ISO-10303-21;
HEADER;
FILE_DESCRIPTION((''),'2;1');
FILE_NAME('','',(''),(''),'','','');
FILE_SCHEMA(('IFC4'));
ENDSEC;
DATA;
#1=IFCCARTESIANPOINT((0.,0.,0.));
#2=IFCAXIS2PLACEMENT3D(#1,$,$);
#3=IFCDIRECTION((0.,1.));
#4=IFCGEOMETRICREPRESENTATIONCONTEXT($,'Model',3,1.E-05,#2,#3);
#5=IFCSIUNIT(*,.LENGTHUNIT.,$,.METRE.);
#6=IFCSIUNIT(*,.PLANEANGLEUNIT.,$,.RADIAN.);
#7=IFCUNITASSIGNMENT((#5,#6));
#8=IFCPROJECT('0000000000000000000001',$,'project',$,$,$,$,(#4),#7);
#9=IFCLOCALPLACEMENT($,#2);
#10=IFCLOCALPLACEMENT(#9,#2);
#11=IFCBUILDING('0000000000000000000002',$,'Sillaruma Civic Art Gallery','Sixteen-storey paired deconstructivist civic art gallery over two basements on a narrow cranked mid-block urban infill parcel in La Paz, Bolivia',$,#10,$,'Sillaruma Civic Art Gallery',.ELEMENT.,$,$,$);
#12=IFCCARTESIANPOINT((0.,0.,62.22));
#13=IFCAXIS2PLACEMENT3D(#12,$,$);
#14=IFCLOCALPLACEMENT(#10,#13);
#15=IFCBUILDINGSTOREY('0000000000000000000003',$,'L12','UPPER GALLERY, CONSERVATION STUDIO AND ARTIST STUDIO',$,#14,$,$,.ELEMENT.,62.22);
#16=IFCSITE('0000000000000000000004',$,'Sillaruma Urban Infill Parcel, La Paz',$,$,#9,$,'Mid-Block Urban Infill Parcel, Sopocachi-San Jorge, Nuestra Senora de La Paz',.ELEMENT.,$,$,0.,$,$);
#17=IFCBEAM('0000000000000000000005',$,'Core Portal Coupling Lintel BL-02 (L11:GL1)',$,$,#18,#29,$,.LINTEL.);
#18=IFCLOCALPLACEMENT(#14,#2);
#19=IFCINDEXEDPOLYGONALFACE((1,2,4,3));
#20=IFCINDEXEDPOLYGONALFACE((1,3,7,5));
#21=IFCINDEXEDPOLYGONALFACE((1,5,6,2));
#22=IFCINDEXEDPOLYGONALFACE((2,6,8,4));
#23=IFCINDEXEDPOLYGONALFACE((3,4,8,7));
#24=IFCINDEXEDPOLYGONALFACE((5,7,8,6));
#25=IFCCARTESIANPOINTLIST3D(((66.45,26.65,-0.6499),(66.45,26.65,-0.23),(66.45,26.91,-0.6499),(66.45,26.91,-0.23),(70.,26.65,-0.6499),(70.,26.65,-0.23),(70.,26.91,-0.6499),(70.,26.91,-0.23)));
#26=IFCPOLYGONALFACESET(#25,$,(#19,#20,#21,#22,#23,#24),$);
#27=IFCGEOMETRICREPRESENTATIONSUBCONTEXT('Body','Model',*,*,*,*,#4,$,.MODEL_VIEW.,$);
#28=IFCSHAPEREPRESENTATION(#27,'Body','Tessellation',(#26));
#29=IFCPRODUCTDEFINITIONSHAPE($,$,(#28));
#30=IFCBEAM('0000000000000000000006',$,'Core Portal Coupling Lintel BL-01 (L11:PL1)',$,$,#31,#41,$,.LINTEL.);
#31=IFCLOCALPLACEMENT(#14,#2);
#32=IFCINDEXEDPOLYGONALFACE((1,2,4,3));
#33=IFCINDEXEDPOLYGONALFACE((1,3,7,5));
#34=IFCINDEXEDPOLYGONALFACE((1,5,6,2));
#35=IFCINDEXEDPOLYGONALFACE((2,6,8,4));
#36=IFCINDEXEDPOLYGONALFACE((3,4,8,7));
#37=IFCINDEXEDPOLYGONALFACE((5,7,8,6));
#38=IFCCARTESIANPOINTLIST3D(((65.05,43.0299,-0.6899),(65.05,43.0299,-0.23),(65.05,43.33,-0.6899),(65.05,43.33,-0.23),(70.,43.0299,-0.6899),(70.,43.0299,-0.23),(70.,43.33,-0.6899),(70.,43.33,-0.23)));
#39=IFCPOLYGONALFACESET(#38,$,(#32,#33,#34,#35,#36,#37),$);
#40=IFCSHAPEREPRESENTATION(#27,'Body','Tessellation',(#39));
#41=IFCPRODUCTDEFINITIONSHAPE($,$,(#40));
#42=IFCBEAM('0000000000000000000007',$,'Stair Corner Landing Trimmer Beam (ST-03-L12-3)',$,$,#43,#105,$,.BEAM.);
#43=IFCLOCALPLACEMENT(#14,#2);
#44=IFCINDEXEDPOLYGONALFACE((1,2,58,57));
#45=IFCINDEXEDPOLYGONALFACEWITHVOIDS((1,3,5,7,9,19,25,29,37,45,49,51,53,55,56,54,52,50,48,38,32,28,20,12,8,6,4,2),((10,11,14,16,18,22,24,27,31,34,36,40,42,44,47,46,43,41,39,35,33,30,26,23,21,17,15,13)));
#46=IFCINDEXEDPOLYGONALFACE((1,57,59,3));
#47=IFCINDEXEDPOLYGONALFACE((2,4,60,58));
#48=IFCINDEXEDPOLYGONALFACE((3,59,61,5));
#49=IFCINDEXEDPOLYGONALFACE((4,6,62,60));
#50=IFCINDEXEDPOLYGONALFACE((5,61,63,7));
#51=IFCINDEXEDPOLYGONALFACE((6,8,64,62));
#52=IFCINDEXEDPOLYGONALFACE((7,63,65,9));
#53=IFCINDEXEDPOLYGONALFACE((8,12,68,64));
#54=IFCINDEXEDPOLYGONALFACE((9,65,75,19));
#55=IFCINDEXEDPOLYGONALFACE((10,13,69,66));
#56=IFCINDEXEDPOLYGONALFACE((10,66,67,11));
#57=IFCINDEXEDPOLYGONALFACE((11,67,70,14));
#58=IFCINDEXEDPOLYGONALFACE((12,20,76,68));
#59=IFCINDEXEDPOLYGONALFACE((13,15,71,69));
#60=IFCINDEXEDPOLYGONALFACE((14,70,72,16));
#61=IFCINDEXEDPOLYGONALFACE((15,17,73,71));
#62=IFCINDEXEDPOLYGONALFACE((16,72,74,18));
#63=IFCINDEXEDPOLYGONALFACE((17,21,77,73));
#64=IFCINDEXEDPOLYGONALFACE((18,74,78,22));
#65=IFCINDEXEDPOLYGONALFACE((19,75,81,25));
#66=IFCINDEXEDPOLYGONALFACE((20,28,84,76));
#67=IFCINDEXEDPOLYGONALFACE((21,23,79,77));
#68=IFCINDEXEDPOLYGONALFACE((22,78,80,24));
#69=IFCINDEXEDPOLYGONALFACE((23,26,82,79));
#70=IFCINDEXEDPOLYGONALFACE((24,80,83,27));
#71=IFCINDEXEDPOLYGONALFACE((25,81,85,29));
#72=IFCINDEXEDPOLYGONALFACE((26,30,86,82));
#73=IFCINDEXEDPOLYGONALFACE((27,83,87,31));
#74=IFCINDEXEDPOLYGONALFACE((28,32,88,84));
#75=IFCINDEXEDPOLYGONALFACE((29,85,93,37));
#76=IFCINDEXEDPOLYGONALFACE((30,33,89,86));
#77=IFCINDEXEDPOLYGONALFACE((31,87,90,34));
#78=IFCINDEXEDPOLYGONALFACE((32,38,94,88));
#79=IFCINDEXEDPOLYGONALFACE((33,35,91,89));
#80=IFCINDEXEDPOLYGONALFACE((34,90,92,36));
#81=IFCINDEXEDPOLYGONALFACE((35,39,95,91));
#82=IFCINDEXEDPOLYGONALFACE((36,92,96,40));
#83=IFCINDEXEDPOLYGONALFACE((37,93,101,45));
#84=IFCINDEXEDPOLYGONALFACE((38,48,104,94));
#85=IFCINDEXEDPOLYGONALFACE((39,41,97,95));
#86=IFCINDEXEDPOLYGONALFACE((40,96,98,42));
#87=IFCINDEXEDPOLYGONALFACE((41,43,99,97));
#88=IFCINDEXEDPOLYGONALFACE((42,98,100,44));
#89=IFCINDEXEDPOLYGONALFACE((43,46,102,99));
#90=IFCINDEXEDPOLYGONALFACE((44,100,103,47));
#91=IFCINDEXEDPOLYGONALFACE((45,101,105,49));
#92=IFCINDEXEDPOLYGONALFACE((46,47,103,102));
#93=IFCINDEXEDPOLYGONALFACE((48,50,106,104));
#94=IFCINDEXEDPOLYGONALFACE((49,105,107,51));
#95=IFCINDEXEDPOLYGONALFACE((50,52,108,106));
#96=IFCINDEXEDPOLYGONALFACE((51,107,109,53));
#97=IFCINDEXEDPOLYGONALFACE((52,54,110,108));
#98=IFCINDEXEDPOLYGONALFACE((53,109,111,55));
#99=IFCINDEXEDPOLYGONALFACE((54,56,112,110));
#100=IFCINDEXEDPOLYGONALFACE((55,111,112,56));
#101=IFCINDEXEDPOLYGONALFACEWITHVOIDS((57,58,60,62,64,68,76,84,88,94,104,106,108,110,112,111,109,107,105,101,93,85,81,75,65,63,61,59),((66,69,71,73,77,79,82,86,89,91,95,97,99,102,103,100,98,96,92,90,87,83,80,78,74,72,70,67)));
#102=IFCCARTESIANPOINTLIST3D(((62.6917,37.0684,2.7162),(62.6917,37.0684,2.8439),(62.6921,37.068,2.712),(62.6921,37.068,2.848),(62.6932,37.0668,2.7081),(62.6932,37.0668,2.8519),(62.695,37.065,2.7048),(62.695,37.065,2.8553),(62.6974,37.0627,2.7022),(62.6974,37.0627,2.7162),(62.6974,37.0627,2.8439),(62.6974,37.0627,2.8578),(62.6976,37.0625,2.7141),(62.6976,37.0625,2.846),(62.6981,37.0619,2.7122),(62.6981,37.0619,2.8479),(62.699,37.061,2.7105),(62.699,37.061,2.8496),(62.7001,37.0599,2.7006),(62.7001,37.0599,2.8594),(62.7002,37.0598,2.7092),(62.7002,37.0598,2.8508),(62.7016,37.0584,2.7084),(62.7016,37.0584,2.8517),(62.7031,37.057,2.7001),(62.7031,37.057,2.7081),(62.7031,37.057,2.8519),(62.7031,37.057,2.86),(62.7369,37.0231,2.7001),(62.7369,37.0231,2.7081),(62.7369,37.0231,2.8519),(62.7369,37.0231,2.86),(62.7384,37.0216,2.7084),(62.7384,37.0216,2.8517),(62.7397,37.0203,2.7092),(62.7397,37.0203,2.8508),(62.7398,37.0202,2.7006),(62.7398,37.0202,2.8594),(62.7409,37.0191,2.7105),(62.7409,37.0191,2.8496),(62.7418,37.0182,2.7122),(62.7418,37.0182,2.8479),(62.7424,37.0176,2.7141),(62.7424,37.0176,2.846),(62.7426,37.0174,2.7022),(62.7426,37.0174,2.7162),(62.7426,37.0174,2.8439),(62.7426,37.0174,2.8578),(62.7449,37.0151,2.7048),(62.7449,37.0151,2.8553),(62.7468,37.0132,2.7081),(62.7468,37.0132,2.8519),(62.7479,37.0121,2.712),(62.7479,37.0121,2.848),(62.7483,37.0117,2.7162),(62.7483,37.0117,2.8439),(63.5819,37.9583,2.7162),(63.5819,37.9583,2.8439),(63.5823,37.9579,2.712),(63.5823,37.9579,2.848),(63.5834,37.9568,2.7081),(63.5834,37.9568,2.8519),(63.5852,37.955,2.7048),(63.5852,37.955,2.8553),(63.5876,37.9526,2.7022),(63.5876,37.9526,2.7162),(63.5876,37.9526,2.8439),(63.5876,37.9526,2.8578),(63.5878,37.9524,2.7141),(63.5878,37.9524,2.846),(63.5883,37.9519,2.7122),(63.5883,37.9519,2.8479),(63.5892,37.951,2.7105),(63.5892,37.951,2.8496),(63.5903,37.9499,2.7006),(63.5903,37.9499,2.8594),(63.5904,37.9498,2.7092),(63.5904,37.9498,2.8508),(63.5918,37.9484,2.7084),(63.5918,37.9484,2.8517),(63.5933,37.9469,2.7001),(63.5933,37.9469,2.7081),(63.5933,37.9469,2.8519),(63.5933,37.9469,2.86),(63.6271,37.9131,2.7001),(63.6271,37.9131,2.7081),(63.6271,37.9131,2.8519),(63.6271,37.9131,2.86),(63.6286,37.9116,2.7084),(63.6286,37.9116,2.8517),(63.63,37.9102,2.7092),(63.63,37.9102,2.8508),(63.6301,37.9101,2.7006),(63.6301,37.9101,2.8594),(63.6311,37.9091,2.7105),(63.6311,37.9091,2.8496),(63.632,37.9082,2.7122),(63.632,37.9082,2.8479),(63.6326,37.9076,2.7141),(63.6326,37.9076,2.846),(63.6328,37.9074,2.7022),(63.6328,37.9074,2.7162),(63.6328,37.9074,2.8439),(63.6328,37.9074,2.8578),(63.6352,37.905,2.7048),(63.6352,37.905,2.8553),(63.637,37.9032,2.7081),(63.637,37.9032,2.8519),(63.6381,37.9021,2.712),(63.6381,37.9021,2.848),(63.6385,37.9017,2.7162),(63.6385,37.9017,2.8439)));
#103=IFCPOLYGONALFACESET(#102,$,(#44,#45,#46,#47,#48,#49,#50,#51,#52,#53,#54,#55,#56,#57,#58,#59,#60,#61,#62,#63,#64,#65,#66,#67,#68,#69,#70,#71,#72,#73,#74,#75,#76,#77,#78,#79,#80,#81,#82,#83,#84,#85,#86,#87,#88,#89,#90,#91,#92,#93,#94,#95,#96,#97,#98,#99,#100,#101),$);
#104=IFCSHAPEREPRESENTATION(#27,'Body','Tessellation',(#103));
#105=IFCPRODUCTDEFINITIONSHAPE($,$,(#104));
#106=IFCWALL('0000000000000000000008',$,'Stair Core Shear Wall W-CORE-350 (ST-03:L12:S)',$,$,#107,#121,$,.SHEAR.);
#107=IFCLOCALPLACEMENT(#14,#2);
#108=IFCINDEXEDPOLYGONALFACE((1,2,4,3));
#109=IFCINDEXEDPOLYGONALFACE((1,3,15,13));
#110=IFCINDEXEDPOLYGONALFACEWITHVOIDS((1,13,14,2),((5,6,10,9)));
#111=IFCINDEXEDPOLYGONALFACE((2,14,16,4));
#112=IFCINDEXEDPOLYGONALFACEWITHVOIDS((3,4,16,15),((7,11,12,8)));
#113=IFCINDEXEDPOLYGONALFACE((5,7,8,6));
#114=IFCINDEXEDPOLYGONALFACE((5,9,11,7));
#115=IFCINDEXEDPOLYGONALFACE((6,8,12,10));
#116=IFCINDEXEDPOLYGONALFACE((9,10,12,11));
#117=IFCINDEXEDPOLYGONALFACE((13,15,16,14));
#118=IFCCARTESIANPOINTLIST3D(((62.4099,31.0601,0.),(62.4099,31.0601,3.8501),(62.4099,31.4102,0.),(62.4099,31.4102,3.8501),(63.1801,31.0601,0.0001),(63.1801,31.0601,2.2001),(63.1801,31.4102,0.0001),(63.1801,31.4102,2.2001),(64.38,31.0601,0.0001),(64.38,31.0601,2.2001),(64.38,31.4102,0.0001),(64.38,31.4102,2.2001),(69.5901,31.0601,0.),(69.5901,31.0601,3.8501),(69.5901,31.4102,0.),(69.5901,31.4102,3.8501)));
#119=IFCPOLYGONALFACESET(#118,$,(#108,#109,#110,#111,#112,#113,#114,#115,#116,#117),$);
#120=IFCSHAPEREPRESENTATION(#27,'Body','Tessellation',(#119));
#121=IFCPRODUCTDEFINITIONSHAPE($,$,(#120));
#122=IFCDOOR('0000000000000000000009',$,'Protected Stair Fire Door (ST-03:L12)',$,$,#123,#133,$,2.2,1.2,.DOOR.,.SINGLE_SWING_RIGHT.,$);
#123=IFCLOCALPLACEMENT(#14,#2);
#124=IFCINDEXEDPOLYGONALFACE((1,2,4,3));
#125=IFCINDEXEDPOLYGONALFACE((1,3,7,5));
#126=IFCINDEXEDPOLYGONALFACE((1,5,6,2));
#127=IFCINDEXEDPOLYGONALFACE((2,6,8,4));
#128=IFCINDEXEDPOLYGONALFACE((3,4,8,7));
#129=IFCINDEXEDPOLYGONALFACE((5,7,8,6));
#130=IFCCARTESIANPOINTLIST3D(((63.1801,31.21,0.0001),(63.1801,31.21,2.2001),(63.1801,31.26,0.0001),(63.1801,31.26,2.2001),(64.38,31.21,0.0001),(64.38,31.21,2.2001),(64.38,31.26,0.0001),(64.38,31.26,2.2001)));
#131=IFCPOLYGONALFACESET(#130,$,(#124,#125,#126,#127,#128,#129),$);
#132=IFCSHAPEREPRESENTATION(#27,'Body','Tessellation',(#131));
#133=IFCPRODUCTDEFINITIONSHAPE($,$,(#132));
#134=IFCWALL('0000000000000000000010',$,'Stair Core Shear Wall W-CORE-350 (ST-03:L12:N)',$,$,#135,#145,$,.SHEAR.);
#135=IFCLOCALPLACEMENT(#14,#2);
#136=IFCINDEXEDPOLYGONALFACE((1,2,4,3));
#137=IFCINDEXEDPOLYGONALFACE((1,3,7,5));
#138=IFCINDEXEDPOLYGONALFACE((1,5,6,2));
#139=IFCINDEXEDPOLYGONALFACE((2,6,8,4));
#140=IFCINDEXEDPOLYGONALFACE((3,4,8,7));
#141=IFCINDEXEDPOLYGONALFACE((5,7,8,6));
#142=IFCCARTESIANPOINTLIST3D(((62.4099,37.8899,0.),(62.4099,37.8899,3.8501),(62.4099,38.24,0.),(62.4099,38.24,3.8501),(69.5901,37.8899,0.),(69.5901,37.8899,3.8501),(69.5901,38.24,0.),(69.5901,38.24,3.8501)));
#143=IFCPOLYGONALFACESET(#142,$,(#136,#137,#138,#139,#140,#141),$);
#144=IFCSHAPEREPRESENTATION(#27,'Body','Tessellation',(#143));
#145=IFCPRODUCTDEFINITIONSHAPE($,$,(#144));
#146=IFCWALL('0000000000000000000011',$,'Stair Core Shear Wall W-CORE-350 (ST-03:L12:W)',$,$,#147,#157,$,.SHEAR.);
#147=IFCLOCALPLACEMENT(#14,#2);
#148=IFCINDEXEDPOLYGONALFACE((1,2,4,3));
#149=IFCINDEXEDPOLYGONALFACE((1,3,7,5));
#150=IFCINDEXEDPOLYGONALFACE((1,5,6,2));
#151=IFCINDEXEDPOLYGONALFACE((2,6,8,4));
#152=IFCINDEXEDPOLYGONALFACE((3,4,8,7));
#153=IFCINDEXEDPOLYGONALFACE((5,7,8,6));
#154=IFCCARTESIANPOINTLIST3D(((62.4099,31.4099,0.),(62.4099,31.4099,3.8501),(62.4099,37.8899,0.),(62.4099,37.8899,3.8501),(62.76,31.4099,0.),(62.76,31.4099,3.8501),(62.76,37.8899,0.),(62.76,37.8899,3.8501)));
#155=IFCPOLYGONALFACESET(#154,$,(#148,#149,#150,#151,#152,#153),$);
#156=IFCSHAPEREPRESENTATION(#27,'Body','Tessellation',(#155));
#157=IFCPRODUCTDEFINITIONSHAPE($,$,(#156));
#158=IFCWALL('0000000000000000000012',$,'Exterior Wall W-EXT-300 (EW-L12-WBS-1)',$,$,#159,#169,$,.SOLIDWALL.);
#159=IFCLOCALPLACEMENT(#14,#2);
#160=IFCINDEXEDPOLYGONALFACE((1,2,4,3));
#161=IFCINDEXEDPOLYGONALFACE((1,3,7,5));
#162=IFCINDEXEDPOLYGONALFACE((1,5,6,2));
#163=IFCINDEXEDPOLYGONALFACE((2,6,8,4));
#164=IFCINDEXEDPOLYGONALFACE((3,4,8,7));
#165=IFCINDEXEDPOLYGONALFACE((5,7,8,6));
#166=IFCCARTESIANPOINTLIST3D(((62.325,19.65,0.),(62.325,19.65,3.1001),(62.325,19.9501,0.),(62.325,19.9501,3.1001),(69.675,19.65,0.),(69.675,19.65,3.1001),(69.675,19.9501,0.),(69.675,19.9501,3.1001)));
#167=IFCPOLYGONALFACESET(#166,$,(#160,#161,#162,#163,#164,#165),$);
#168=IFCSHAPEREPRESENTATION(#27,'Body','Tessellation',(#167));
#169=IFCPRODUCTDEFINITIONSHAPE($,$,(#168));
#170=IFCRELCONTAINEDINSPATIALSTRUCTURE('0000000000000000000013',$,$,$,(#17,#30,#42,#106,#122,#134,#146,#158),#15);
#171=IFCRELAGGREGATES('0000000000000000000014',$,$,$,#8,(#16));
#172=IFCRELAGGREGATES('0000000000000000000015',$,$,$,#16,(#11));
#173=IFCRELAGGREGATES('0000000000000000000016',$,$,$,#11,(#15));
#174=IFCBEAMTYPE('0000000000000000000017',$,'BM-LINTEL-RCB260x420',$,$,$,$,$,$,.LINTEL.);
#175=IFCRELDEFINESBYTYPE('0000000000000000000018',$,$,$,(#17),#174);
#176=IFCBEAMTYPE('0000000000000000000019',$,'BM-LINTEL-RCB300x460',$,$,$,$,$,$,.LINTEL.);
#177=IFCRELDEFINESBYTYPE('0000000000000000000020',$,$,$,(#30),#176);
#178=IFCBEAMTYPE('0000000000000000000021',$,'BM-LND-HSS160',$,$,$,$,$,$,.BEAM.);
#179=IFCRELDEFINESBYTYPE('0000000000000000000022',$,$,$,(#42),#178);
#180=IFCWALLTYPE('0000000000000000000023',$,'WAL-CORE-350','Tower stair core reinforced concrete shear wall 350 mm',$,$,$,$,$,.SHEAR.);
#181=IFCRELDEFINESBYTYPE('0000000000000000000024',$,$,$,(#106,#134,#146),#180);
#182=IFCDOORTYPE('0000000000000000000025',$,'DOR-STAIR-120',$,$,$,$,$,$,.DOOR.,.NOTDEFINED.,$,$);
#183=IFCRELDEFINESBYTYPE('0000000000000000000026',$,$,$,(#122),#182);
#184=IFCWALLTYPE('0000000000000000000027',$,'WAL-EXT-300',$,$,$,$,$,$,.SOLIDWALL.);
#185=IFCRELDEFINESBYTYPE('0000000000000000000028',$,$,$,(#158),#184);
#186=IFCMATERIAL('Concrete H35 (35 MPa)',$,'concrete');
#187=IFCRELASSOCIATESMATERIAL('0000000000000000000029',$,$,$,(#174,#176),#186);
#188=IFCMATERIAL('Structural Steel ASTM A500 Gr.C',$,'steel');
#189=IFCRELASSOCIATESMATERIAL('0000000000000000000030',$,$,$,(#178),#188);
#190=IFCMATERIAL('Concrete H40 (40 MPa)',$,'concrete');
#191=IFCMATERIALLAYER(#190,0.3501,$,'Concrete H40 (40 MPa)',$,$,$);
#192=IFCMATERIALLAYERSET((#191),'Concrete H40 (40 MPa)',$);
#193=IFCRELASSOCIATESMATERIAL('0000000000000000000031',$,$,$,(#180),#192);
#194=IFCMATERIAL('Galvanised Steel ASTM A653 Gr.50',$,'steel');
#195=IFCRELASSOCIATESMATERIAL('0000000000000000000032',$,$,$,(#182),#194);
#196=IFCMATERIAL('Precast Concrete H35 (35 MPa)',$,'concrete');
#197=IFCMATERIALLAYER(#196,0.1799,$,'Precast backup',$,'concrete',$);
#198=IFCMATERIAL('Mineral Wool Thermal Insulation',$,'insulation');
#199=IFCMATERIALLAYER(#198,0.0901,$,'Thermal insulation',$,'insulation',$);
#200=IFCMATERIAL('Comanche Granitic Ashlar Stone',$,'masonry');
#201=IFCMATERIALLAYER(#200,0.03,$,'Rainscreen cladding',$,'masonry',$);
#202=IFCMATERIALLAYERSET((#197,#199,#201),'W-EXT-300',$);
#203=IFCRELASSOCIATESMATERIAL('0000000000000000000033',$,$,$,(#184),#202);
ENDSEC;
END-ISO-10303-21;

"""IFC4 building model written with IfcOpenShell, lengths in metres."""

from ifc_helpers import new_model, si_unit, direction, frame, frame_2d, origin, origin_2d, place, context, subcontext, project, spatial, rectangle, hollow_rectangle, extrude, material, layer, layer_set, material_profile, profile_set, type_object, element, fill, save


model = new_model("IFC4")

# Units and contexts
model_context = context("Model", 3, precision=1e-05, world=origin(), true_north=direction((0.0, 1.0)))
body_context = subcontext(model_context, "Body", "Model", "MODEL_VIEW")
ifc_project = project(units=[si_unit("LENGTHUNIT", "METRE"), si_unit("PLANEANGLEUNIT", "RADIAN")], contexts=[model_context])

# Site, building, storey
site_placement = place(None, origin())
site = spatial("IfcSite", under=ifc_project, at=site_placement, Name="Sillaruma Urban Infill Parcel, La Paz", LongName="Mid-Block Urban Infill Parcel, Sopocachi-San Jorge, Nuestra Senora de La Paz", CompositionType="ELEMENT", RefElevation=0.0)
building_placement = place(site_placement, origin())
building = spatial("IfcBuilding", under=site, at=building_placement, Name="Sillaruma Civic Art Gallery", Description="Sixteen-storey paired deconstructivist civic art gallery over two basements on a narrow cranked mid-block urban infill parcel in La Paz, Bolivia", LongName="Sillaruma Civic Art Gallery", CompositionType="ELEMENT")
storey_placement = place(building_placement, frame((0.0, 0.0, 62.22)))
storey = spatial("IfcBuildingStorey", under=building, at=storey_placement, Name="L12", Description="UPPER GALLERY, CONSERVATION STUDIO AND ARTIST STUDIO", CompositionType="ELEMENT", Elevation=62.22)

# Beams
ifc_material_1 = material(Name="Concrete H35 (35 MPa)", Category="concrete")
ifc_material_profile_1 = material_profile(ifc_material_1, rectangle(XDim=0.26, YDim=0.4199, at=origin_2d()), Name="RCB260x420")
ifc_profile_set_1 = profile_set([ifc_material_profile_1], Name="Concrete H35 (35 MPa)")
beam_type_1 = type_object("IfcBeamType", Name="BM-LINTEL-RCB260x420", PredefinedType="LINTEL", material=ifc_profile_set_1)
beam_1_placement = place(storey_placement, frame((66.45, 26.78, -0.4399), z_axis=(1.0, 0.0, 0.0), x_axis=(0.0, 1.0, 0.0)))
element("IfcBeam", 1, at=beam_1_placement, inside=storey, type_object=beam_type_1, Name="Core Portal Coupling Lintel BL-02 (L11:GL1)", PredefinedType="LINTEL", context=body_context, shape_type="SweptSolid", body=[
    extrude(rectangle(XDim=0.26, YDim=0.4199, at=origin_2d()), origin(), (0.0, 0.0, 1.0), 3.55),
])
ifc_material_profile_2 = material_profile(ifc_material_1, rectangle(XDim=0.3, YDim=0.46, at=origin_2d()), Name="RCB300x460")
ifc_profile_set_2 = profile_set([ifc_material_profile_2], Name="Concrete H35 (35 MPa)")
beam_type_2 = type_object("IfcBeamType", Name="BM-LINTEL-RCB300x460", PredefinedType="LINTEL", material=ifc_profile_set_2)
beam_2_placement = place(storey_placement, frame((65.05, 43.1799, -0.46), z_axis=(1.0, 0.0, 0.0), x_axis=(0.0, 1.0, 0.0)))
element("IfcBeam", 2, at=beam_2_placement, inside=storey, type_object=beam_type_2, Name="Core Portal Coupling Lintel BL-01 (L11:PL1)", PredefinedType="LINTEL", context=body_context, shape_type="SweptSolid", body=[
    extrude(rectangle(XDim=0.3, YDim=0.46, at=origin_2d()), origin(), (0.0, 0.0, 1.0), 4.95),
])
ifc_material_2 = material(Name="Structural Steel ASTM A500 Gr.C", Category="steel")
ifc_material_profile_3 = material_profile(ifc_material_2, hollow_rectangle(XDim=0.0801, YDim=0.1599, WallThickness=0.0081, InnerFilletRadius=0.0081, OuterFilletRadius=0.0161, at=origin_2d()), Name="HSS160x80x8")
ifc_profile_set_3 = profile_set([ifc_material_profile_3], Name="Structural Steel ASTM A500 Gr.C")
beam_type_3 = type_object("IfcBeamType", Name="BM-LND-HSS160", PredefinedType="BEAM", material=ifc_profile_set_3)
beam_3_placement = place(storey_placement, frame((62.72, 37.04, 2.78), z_axis=(0.707204, 0.70701, 0.0), x_axis=(-0.70701, 0.707204, 0.0)))
element("IfcBeam", 3, at=beam_3_placement, inside=storey, type_object=beam_type_3, Name="Stair Corner Landing Trimmer Beam (ST-03-L12-3)", PredefinedType="BEAM", context=body_context, shape_type="SweptSolid", body=[
    extrude(hollow_rectangle(XDim=0.0801, YDim=0.1599, WallThickness=0.0081, InnerFilletRadius=0.0081, OuterFilletRadius=0.0161, at=origin_2d()), origin(), (0.0, 0.0, 1.0), 1.2588),
])

# Wall, opening, door
ifc_material_3 = material(Name="Concrete H40 (40 MPa)", Category="concrete")
ifc_layer_1 = layer(ifc_material_3, 0.3501, Name="Concrete H40 (40 MPa)")
ifc_layer_set_1 = layer_set([ifc_layer_1], Name="Concrete H40 (40 MPa)")
wall_type_1 = type_object("IfcWallType", Name="WAL-CORE-350", Description="Tower stair core reinforced concrete shear wall 350 mm", PredefinedType="SHEAR", material=ifc_layer_set_1)
wall_1_placement = place(storey_placement, frame((62.4099, 31.2351, 0.0), z_axis=(0.0, 0.0, 1.0), x_axis=(1.0, 0.0, 0.0)))
wall_1 = element("IfcWall", 4, at=wall_1_placement, inside=storey, type_object=wall_type_1, Name="Stair Core Shear Wall W-CORE-350 (ST-03:L12:S)", PredefinedType="SHEAR", context=body_context, shape_type="SweptSolid", body=[
    extrude(rectangle(XDim=7.1802, YDim=0.3501, at=frame_2d((3.5901, 0.0))), origin(), (0.0, 0.0, 1.0), 3.8501),
])
opening_1_placement = place(wall_1_placement, frame((0.77, 0.0, 0.0)))
opening_1 = element("IfcOpeningElement", 5, at=opening_1_placement, cuts=wall_1, PredefinedType="OPENING", context=body_context, shape_type="SweptSolid", body=[
    extrude(rectangle(XDim=1.2, YDim=2.2, at=frame_2d((0.6001, 1.1001))), frame((0.0, 0.1851, 0.0), z_axis=(0.0, -1.0, 0.0), x_axis=(1.0, 0.0, 0.0)), (0.0, 0.0, 1.0), 0.3701),
])
ifc_material_4 = material(Name="Galvanised Steel ASTM A653 Gr.50", Category="steel")
door_type_1 = type_object("IfcDoorType", Name="DOR-STAIR-120", OperationType="NOTDEFINED", PredefinedType="DOOR", material=ifc_material_4)
door_1_placement = place(opening_1_placement, origin())
door_1 = element("IfcDoor", 6, at=door_1_placement, inside=storey, type_object=door_type_1, Name="Protected Stair Fire Door (ST-03:L12)", OperationType="SINGLE_SWING_RIGHT", OverallHeight=2.2, OverallWidth=1.2, PredefinedType="DOOR", context=body_context, shape_type="SweptSolid", body=[
    extrude(rectangle(XDim=1.2, YDim=2.2, at=frame_2d((0.6001, 1.1001))), frame((0.0, 0.0249, 0.0), z_axis=(0.0, -1.0, 0.0), x_axis=(1.0, 0.0, 0.0)), (0.0, 0.0, 1.0), 0.05),
])
fill(opening_1, door_1)

# Walls
wall_2_placement = place(storey_placement, frame((62.4099, 38.0649, 0.0), z_axis=(0.0, 0.0, 1.0), x_axis=(1.0, 0.0, 0.0)))
element("IfcWall", 7, at=wall_2_placement, inside=storey, type_object=wall_type_1, Name="Stair Core Shear Wall W-CORE-350 (ST-03:L12:N)", PredefinedType="SHEAR", context=body_context, shape_type="SweptSolid", body=[
    extrude(rectangle(XDim=7.1802, YDim=0.3501, at=frame_2d((3.5901, 0.0))), origin(), (0.0, 0.0, 1.0), 3.8501),
])
wall_3_placement = place(storey_placement, frame((62.585, 31.4099, 0.0), z_axis=(0.0, 0.0, 1.0), x_axis=(0.0, 1.0, 0.0)))
element("IfcWall", 8, at=wall_3_placement, inside=storey, type_object=wall_type_1, Name="Stair Core Shear Wall W-CORE-350 (ST-03:L12:W)", PredefinedType="SHEAR", context=body_context, shape_type="SweptSolid", body=[
    extrude(rectangle(XDim=6.48, YDim=0.3501, at=frame_2d((3.24, 0.0))), origin(), (0.0, 0.0, 1.0), 3.8501),
])
ifc_material_5 = material(Name="Precast Concrete H35 (35 MPa)", Category="concrete")
ifc_layer_2 = layer(ifc_material_5, 0.1799, Name="Precast backup", Category="concrete")
ifc_material_6 = material(Name="Mineral Wool Thermal Insulation", Category="insulation")
ifc_layer_3 = layer(ifc_material_6, 0.0901, Name="Thermal insulation", Category="insulation")
ifc_material_7 = material(Name="Comanche Granitic Ashlar Stone", Category="masonry")
ifc_layer_4 = layer(ifc_material_7, 0.03, Name="Rainscreen cladding", Category="masonry")
ifc_layer_set_2 = layer_set([ifc_layer_2, ifc_layer_3, ifc_layer_4], Name="W-EXT-300")
wall_type_2 = type_object("IfcWallType", Name="WAL-EXT-300", PredefinedType="SOLIDWALL", material=ifc_layer_set_2)
wall_4_placement = place(storey_placement, frame((62.325, 19.8, 0.0), z_axis=(0.0, 0.0, 1.0), x_axis=(1.0, 0.0, 0.0)))
element("IfcWall", 9, at=wall_4_placement, inside=storey, type_object=wall_type_2, Name="Exterior Wall W-EXT-300 (EW-L12-WBS-1)", PredefinedType="SOLIDWALL", context=body_context, shape_type="SweptSolid", body=[
    extrude(rectangle(XDim=7.3501, YDim=0.3, at=frame_2d((3.675, 0.0))), origin(), (0.0, 0.0, 1.0), 3.1001),
])

save(model, "model.ifc")
